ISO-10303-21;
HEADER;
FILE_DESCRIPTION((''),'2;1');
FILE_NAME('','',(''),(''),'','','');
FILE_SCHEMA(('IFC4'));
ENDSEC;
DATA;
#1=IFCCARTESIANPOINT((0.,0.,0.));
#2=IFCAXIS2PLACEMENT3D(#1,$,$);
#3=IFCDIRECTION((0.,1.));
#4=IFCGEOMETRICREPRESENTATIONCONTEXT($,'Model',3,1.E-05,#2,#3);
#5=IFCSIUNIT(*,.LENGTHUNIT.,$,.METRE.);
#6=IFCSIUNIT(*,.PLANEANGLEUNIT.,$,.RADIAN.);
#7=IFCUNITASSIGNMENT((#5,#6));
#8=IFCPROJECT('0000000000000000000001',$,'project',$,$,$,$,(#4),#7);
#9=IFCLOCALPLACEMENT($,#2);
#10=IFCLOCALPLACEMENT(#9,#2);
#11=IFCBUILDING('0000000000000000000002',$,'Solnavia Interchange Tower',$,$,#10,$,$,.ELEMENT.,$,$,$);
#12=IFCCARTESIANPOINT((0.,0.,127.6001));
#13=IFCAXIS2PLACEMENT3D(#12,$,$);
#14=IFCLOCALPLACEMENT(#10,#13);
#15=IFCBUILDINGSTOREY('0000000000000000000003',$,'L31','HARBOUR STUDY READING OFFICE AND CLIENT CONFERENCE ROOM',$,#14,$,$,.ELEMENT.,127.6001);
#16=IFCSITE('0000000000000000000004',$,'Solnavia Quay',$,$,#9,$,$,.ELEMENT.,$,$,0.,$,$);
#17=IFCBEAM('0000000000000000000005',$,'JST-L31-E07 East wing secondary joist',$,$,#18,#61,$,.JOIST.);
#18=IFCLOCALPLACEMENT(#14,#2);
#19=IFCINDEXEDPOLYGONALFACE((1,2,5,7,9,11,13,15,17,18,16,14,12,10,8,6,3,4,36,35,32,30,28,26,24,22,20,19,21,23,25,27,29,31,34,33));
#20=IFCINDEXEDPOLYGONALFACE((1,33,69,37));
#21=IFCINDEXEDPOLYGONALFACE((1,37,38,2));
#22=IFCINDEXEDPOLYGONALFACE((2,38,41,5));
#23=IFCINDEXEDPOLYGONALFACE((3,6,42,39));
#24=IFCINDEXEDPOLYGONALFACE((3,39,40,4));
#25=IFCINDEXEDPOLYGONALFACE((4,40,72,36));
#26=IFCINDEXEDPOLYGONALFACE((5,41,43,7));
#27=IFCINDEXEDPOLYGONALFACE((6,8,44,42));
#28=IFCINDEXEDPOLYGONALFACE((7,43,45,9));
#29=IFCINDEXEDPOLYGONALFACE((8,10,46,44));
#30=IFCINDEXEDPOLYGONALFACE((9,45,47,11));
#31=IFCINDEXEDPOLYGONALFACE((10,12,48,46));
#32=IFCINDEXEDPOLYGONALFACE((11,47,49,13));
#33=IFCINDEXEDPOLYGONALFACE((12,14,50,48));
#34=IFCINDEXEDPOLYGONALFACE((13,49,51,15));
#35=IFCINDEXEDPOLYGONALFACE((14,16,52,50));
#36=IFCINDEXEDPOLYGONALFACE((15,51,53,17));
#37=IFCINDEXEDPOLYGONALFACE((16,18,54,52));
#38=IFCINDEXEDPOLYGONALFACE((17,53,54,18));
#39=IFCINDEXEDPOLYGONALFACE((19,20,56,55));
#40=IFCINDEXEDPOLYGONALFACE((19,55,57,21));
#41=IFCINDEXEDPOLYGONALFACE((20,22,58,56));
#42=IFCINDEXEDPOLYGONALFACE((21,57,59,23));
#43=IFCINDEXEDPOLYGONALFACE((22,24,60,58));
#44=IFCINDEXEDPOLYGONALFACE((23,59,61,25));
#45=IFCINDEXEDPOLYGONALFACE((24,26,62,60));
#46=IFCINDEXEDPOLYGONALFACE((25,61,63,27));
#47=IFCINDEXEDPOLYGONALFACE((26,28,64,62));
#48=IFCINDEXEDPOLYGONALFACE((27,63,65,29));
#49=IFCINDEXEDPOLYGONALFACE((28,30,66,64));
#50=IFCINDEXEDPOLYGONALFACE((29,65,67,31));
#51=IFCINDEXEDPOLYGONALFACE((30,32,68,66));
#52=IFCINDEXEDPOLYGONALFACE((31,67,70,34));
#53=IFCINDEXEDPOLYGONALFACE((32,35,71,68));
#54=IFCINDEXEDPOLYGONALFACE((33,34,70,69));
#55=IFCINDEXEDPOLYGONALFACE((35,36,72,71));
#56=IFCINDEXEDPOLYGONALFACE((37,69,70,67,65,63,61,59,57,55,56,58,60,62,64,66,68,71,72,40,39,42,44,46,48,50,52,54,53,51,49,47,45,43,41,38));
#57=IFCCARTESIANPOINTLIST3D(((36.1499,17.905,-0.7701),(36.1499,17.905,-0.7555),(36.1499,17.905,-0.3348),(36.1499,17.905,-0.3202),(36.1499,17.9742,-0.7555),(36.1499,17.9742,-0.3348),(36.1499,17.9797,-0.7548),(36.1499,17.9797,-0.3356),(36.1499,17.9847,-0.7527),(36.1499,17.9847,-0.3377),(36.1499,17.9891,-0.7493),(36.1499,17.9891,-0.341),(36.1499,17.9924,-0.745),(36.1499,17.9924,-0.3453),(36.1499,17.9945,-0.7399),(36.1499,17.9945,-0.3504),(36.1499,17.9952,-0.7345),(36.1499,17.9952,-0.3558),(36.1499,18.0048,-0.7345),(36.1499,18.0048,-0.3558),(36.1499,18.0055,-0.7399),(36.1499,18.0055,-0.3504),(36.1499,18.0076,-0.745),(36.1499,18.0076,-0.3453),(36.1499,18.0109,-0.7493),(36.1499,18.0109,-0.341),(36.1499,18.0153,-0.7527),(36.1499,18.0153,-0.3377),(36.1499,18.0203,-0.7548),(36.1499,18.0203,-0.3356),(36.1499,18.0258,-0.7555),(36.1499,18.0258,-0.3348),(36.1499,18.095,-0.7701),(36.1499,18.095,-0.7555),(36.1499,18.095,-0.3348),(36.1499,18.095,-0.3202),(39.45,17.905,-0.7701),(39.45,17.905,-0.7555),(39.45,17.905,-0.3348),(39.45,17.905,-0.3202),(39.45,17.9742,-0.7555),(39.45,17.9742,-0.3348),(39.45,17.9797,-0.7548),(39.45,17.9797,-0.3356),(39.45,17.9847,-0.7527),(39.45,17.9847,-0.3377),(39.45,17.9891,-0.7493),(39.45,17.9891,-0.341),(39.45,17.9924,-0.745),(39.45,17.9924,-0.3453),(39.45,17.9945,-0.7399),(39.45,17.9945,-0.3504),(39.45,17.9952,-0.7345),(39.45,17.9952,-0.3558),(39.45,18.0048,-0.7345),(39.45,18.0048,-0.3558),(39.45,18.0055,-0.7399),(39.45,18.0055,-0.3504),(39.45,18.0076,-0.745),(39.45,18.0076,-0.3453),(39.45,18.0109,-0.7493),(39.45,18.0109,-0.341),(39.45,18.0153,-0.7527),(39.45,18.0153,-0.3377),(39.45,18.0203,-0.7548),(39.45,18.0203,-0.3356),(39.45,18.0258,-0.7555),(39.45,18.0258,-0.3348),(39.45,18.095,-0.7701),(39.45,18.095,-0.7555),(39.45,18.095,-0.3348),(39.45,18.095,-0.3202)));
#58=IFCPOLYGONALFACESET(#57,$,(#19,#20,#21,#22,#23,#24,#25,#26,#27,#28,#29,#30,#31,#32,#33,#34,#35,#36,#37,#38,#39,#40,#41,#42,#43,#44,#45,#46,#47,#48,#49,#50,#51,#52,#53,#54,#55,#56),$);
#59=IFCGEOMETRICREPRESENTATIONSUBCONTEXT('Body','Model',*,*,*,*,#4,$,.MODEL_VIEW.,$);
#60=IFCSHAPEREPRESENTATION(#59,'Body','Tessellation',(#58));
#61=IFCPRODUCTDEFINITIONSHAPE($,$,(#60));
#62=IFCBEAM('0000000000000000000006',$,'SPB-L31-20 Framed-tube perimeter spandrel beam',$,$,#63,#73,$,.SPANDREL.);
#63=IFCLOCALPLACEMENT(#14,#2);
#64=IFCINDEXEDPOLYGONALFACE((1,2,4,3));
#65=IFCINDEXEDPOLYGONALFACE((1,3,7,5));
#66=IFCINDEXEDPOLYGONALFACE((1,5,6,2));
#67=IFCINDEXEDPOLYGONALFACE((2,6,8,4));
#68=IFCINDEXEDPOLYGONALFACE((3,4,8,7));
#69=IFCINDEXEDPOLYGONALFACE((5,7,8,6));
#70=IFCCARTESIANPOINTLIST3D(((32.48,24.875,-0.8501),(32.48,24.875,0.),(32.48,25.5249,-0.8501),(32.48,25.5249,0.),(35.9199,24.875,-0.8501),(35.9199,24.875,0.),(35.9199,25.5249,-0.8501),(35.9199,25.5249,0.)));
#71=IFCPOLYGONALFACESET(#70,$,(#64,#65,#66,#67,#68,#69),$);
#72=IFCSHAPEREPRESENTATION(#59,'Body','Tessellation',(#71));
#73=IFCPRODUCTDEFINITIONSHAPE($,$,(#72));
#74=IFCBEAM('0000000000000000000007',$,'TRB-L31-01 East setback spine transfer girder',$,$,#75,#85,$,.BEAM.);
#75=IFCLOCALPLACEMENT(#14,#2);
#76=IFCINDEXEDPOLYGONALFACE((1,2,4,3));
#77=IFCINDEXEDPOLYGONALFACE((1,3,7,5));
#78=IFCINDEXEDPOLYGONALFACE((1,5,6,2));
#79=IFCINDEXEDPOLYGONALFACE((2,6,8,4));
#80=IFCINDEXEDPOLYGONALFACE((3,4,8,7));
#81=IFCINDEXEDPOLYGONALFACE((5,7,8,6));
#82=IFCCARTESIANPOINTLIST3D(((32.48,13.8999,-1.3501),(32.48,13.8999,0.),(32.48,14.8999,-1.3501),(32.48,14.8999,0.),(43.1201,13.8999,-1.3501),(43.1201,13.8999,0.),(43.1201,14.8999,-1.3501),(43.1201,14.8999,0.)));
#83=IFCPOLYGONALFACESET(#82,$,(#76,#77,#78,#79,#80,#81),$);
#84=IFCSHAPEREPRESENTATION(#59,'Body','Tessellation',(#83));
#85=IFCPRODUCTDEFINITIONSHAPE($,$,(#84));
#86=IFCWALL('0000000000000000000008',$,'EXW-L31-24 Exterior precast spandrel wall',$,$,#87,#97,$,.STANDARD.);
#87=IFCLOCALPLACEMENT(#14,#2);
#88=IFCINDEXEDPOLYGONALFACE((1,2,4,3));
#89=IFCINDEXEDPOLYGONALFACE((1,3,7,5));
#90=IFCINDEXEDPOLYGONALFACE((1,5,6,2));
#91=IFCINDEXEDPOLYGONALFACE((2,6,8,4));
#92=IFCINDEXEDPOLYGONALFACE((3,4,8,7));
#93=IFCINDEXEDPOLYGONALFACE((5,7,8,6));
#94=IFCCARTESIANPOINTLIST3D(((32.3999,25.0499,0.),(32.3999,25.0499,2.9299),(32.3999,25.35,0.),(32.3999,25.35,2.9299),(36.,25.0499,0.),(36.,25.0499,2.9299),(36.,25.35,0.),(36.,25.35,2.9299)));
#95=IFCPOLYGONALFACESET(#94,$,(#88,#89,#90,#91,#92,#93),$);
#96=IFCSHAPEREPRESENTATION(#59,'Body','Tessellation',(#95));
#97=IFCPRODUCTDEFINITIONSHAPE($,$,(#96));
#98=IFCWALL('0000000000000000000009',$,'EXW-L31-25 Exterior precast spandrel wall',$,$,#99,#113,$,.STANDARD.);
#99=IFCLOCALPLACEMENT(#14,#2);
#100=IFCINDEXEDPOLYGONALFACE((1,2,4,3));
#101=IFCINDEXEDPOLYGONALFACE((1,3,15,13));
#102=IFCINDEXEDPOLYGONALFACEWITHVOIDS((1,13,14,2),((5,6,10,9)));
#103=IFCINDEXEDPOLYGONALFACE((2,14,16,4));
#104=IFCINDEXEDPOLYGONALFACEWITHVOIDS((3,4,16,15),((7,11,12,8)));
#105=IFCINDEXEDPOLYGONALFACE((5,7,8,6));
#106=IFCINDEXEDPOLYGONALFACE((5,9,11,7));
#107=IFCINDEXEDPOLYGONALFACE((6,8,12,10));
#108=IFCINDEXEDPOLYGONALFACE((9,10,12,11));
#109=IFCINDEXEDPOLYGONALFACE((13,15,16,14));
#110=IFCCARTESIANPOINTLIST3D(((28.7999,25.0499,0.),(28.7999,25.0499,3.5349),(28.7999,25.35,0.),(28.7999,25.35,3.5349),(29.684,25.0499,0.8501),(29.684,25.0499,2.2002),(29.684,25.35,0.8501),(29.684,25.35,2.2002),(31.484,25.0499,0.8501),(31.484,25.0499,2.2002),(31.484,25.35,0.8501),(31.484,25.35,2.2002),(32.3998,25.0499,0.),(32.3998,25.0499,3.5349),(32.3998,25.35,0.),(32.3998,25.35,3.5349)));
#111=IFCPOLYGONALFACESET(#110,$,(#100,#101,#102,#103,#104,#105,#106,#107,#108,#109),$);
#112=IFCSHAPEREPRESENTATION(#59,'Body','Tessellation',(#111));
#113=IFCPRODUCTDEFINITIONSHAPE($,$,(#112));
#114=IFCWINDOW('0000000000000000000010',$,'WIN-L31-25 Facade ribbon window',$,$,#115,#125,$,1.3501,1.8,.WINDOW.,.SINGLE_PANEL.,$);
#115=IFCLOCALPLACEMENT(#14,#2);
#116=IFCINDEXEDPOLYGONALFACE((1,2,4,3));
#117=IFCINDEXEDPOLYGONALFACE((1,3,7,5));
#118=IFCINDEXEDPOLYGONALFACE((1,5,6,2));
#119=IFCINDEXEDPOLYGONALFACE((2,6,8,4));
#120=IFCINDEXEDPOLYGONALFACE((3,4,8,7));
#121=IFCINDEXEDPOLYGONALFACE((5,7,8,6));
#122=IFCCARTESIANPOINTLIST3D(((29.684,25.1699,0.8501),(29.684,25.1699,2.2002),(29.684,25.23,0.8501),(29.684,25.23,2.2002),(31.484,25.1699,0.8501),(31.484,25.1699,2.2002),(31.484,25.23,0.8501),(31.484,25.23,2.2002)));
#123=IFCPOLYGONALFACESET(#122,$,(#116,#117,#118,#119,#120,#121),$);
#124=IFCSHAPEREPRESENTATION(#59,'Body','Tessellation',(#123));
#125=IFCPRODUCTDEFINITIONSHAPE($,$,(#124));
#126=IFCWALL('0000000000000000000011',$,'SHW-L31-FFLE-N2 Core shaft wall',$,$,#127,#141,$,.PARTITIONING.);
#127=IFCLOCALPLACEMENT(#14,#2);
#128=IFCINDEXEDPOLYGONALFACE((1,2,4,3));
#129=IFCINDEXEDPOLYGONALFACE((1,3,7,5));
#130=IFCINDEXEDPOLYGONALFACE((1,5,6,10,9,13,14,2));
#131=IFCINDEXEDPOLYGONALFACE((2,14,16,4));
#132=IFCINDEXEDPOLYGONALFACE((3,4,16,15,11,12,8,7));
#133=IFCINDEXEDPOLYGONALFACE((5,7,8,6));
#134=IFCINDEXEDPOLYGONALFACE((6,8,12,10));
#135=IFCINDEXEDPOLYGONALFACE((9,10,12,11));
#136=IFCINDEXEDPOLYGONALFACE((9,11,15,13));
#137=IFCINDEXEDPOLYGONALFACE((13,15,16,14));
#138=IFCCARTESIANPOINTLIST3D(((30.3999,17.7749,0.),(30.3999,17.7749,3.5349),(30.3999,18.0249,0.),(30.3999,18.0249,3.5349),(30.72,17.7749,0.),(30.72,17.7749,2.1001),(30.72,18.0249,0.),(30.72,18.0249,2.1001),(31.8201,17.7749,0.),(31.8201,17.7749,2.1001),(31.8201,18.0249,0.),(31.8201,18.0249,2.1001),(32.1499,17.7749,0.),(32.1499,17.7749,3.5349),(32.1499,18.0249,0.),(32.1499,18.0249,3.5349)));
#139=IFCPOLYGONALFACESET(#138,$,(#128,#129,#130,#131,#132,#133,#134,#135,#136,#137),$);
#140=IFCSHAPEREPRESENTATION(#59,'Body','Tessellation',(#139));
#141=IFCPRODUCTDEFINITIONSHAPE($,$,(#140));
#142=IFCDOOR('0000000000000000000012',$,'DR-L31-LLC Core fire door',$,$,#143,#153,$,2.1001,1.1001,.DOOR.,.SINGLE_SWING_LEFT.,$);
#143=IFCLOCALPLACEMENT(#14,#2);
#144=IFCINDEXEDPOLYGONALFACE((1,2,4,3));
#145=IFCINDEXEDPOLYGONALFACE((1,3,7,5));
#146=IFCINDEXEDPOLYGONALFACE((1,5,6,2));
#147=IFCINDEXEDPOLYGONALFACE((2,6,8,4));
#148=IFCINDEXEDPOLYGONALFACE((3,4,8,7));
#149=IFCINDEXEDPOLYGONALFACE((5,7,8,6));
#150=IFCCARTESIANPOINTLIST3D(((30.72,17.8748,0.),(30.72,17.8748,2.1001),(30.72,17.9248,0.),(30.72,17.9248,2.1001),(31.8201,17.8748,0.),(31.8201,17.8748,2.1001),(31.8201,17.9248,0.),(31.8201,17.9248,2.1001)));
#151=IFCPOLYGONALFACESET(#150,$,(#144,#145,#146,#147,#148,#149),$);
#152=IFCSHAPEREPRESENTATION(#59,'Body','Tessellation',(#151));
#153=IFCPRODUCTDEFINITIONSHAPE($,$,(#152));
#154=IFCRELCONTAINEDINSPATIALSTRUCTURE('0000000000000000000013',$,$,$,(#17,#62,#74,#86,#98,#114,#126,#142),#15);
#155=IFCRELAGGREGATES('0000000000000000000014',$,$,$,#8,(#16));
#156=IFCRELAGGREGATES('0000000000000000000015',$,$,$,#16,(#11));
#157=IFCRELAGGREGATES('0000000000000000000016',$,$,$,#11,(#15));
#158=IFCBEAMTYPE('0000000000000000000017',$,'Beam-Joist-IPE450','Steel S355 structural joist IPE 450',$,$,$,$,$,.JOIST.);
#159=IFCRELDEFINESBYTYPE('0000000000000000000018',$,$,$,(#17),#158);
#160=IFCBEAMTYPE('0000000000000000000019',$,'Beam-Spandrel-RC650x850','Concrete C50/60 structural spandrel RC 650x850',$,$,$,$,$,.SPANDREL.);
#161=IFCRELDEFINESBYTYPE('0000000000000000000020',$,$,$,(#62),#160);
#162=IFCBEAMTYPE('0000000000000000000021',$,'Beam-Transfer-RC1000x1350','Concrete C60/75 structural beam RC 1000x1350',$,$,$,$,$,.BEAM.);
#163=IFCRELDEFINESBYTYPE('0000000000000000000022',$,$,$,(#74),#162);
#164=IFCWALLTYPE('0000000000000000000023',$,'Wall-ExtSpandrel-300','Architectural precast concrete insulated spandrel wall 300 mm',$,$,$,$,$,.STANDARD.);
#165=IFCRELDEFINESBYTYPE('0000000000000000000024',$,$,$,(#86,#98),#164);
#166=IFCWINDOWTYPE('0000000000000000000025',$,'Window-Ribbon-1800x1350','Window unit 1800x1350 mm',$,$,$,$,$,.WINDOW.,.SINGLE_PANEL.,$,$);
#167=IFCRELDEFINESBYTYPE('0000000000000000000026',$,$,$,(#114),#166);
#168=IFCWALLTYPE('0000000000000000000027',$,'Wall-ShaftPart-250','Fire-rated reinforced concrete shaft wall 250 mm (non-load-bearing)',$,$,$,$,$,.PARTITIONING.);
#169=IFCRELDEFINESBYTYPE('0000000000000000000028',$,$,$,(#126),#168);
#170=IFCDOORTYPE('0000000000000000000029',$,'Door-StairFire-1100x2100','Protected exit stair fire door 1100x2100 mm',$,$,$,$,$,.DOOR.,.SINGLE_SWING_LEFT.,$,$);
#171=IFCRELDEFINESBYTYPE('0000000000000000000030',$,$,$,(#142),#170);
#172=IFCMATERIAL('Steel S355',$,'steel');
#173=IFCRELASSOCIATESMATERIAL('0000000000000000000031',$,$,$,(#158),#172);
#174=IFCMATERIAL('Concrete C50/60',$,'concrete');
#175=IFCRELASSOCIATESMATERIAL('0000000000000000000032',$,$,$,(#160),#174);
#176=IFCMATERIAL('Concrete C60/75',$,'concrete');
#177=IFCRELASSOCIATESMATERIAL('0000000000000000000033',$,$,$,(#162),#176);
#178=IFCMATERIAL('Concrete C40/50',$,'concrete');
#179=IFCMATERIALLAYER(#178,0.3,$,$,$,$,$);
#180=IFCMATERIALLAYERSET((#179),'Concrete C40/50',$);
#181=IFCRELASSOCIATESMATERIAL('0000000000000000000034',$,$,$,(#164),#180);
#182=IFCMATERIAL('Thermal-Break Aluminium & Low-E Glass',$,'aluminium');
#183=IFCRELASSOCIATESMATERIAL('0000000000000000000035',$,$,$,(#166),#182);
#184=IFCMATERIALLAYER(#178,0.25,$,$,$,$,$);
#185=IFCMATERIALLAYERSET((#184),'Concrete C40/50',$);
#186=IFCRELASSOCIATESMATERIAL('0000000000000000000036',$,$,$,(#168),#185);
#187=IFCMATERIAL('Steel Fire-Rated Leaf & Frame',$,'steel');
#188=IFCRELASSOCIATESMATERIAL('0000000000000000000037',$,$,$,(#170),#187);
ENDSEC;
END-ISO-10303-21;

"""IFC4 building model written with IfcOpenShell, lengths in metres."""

from ifc_helpers import new_model, si_unit, direction, frame, frame_2d, origin, origin_2d, place, context, subcontext, project, spatial, rectangle, i_section, extrude, material, layer, layer_set, material_profile, profile_set, type_object, element, fill, save


model = new_model("IFC4")

# Units and contexts
model_context = context("Model", 3, precision=1e-05, world=origin(), true_north=direction((0.0, 1.0)))
body_context = subcontext(model_context, "Body", "Model", "MODEL_VIEW")
ifc_project = project(units=[si_unit("LENGTHUNIT", "METRE"), si_unit("PLANEANGLEUNIT", "RADIAN")], contexts=[model_context])

# Site, building, storey
site_placement = place(None, origin())
site = spatial("IfcSite", under=ifc_project, at=site_placement, Name="Solnavia Quay", CompositionType="ELEMENT", RefElevation=0.0)
building_placement = place(site_placement, origin())
building = spatial("IfcBuilding", under=site, at=building_placement, Name="Solnavia Interchange Tower", CompositionType="ELEMENT")
storey_placement = place(building_placement, frame((0.0, 0.0, 127.6001)))
storey = spatial("IfcBuildingStorey", under=building, at=storey_placement, Name="L31", Description="HARBOUR STUDY READING OFFICE AND CLIENT CONFERENCE ROOM", CompositionType="ELEMENT", Elevation=127.6001)

# Shared definitions
ifc_material_1 = material(Name="Concrete C50/60", Category="concrete")
ifc_material_2 = material(Name="Steel S355", Category="steel")

# Beams
ifc_material_profile_1 = material_profile(ifc_material_2, i_section(OverallWidth=0.1899, OverallDepth=0.45, WebThickness=0.0095, FlangeThickness=0.0146, FilletRadius=0.021, at=origin_2d()), Name="IPE 450")
ifc_profile_set_1 = profile_set([ifc_material_profile_1], Name="Steel S355")
beam_type_1 = type_object("IfcBeamType", Name="Beam-Joist-IPE450", Description="Steel S355 structural joist IPE 450", PredefinedType="JOIST", material=ifc_profile_set_1)
beam_1_placement = place(storey_placement, frame((36.1499, 18.0, -0.5452), z_axis=(1.0, 0.0, 0.0), x_axis=(0.0, 1.0, 0.0)))
element("IfcBeam", 1, at=beam_1_placement, inside=storey, type_object=beam_type_1, Name="JST-L31-E07 East wing secondary joist", PredefinedType="JOIST", context=body_context, shape_type="SweptSolid", body=[
    extrude(i_section(OverallWidth=0.1899, OverallDepth=0.45, WebThickness=0.0095, FlangeThickness=0.0146, FilletRadius=0.021, at=origin_2d()), origin(), (0.0, 0.0, 1.0), 3.3),
])
ifc_material_profile_2 = material_profile(ifc_material_1, rectangle(XDim=0.6499, YDim=0.8501, at=origin_2d()), Name="RC 650x850")
ifc_profile_set_2 = profile_set([ifc_material_profile_2], Name="Concrete C50/60")
beam_type_2 = type_object("IfcBeamType", Name="Beam-Spandrel-RC650x850", Description="Concrete C50/60 structural spandrel RC 650x850", PredefinedType="SPANDREL", material=ifc_profile_set_2)
beam_2_placement = place(storey_placement, frame((35.9199, 25.2, -0.425), z_axis=(-1.0, 0.0, 0.0), x_axis=(0.0, -1.0, 0.0)))
element("IfcBeam", 2, at=beam_2_placement, inside=storey, type_object=beam_type_2, Name="SPB-L31-20 Framed-tube perimeter spandrel beam", PredefinedType="SPANDREL", context=body_context, shape_type="SweptSolid", body=[
    extrude(rectangle(XDim=0.6499, YDim=0.8501, at=origin_2d()), origin(), (0.0, 0.0, 1.0), 3.4399),
])
ifc_material_3 = material(Name="Concrete C60/75", Category="concrete")
ifc_material_profile_3 = material_profile(ifc_material_3, rectangle(XDim=1.0, YDim=1.3501, at=origin_2d()), Name="RC 1000x1350")
ifc_profile_set_3 = profile_set([ifc_material_profile_3], Name="Concrete C60/75")
beam_type_3 = type_object("IfcBeamType", Name="Beam-Transfer-RC1000x1350", Description="Concrete C60/75 structural beam RC 1000x1350", PredefinedType="BEAM", material=ifc_profile_set_3)
beam_3_placement = place(storey_placement, frame((32.48, 14.3999, -0.675), z_axis=(1.0, 0.0, 0.0), x_axis=(0.0, 1.0, 0.0)))
element("IfcBeam", 3, at=beam_3_placement, inside=storey, type_object=beam_type_3, Name="TRB-L31-01 East setback spine transfer girder", PredefinedType="BEAM", context=body_context, shape_type="SweptSolid", body=[
    extrude(rectangle(XDim=1.0, YDim=1.3501, at=origin_2d()), origin(), (0.0, 0.0, 1.0), 10.6401),
])

# Wall
ifc_material_4 = material(Name="Concrete C40/50", Category="concrete")
ifc_layer_1 = layer(ifc_material_4, 0.3)
ifc_layer_set_1 = layer_set([ifc_layer_1], Name="Concrete C40/50")
wall_type_1 = type_object("IfcWallType", Name="Wall-ExtSpandrel-300", Description="Architectural precast concrete insulated spandrel wall 300 mm", PredefinedType="STANDARD", material=ifc_layer_set_1)
wall_1_placement = place(storey_placement, frame((32.3999, 25.2, 0.0), z_axis=(0.0, 0.0, 1.0), x_axis=(1.0, 0.0, 0.0)))
element("IfcWall", 4, at=wall_1_placement, inside=storey, type_object=wall_type_1, Name="EXW-L31-24 Exterior precast spandrel wall", PredefinedType="STANDARD", context=body_context, shape_type="SweptSolid", body=[
    extrude(rectangle(XDim=3.6001, YDim=0.3, at=frame_2d((1.8, 0.0))), origin(), (0.0, 0.0, 1.0), 2.9299),
])

# Wall, opening, window
wall_2_placement = place(storey_placement, frame((28.8, 25.2, 0.0), z_axis=(0.0, 0.0, 1.0), x_axis=(1.0, 0.0, 0.0)))
wall_2 = element("IfcWall", 5, at=wall_2_placement, inside=storey, type_object=wall_type_1, Name="EXW-L31-25 Exterior precast spandrel wall", PredefinedType="STANDARD", context=body_context, shape_type="SweptSolid", body=[
    extrude(rectangle(XDim=3.5999, YDim=0.3, at=frame_2d((1.7998, 0.0))), origin(), (0.0, 0.0, 1.0), 3.5349),
])
opening_1_placement = place(wall_2_placement, frame((0.884, 0.0, 0.8501)))
opening_1 = element("IfcOpeningElement", 6, at=opening_1_placement, cuts=wall_2, PredefinedType="OPENING", context=body_context, shape_type="SweptSolid", body=[
    extrude(rectangle(XDim=1.8, YDim=1.3501, at=frame_2d((0.8999, 0.675))), frame((0.0, 0.1602, 0.0), z_axis=(0.0, -1.0, 0.0), x_axis=(1.0, 0.0, 0.0)), (0.0, 0.0, 1.0), 0.3201),
])
ifc_material_5 = material(Name="Thermal-Break Aluminium & Low-E Glass", Category="aluminium")
window_type = type_object("IfcWindowType", Name="Window-Ribbon-1800x1350", Description="Window unit 1800x1350 mm", PartitioningType="SINGLE_PANEL", PredefinedType="WINDOW", material=ifc_material_5)
window_placement = place(opening_1_placement, origin())
window = element("IfcWindow", 7, at=window_placement, inside=storey, type_object=window_type, Name="WIN-L31-25 Facade ribbon window", OverallHeight=1.3501, OverallWidth=1.8, PartitioningType="SINGLE_PANEL", PredefinedType="WINDOW", context=body_context, shape_type="SweptSolid", body=[
    extrude(rectangle(XDim=1.8, YDim=1.3501, at=frame_2d((0.8999, 0.675))), frame((0.0, 0.03, 0.0), z_axis=(0.0, -1.0, 0.0), x_axis=(1.0, 0.0, 0.0)), (0.0, 0.0, 1.0), 0.0601),
])
fill(opening_1, window)

# Wall, opening, door
ifc_layer_2 = layer(ifc_material_4, 0.25)
ifc_layer_set_2 = layer_set([ifc_layer_2], Name="Concrete C40/50")
wall_type_2 = type_object("IfcWallType", Name="Wall-ShaftPart-250", Description="Fire-rated reinforced concrete shaft wall 250 mm (non-load-bearing)", PredefinedType="PARTITIONING", material=ifc_layer_set_2)
wall_3_placement = place(storey_placement, frame((30.3999, 17.8999, 0.0), z_axis=(0.0, 0.0, 1.0), x_axis=(1.0, 0.0, 0.0)))
wall_3 = element("IfcWall", 8, at=wall_3_placement, inside=storey, type_object=wall_type_2, Name="SHW-L31-FFLE-N2 Core shaft wall", PredefinedType="PARTITIONING", context=body_context, shape_type="SweptSolid", body=[
    extrude(rectangle(XDim=1.75, YDim=0.25, at=frame_2d((0.875, 0.0))), origin(), (0.0, 0.0, 1.0), 3.5349),
])
opening_2_placement = place(wall_3_placement, frame((0.3201, 0.0, 0.0)))
opening_2 = element("IfcOpeningElement", 9, at=opening_2_placement, cuts=wall_3, PredefinedType="OPENING", context=body_context, shape_type="SweptSolid", body=[
    extrude(rectangle(XDim=1.1001, YDim=2.1001, at=frame_2d((0.55, 1.05))), frame((0.0, 0.135, 0.0), z_axis=(0.0, -1.0, 0.0), x_axis=(1.0, 0.0, 0.0)), (0.0, 0.0, 1.0), 0.27),
])
ifc_material_6 = material(Name="Steel Fire-Rated Leaf & Frame", Category="steel")
door_type_1 = type_object("IfcDoorType", Name="Door-StairFire-1100x2100", Description="Protected exit stair fire door 1100x2100 mm", OperationType="SINGLE_SWING_LEFT", PredefinedType="DOOR", material=ifc_material_6)
door_1_placement = place(opening_2_placement, origin())
door_1 = element("IfcDoor", 10, at=door_1_placement, inside=storey, type_object=door_type_1, Name="DR-L31-LLC Core fire door", OperationType="SINGLE_SWING_LEFT", OverallHeight=2.1001, OverallWidth=1.1001, PredefinedType="DOOR", context=body_context, shape_type="SweptSolid", body=[
    extrude(rectangle(XDim=1.1001, YDim=2.1001, at=frame_2d((0.55, 1.05))), frame((0.0, 0.0249, 0.0), z_axis=(0.0, -1.0, 0.0), x_axis=(1.0, 0.0, 0.0)), (0.0, 0.0, 1.0), 0.05),
])
fill(opening_2, door_1)

save(model, "model.ifc")
